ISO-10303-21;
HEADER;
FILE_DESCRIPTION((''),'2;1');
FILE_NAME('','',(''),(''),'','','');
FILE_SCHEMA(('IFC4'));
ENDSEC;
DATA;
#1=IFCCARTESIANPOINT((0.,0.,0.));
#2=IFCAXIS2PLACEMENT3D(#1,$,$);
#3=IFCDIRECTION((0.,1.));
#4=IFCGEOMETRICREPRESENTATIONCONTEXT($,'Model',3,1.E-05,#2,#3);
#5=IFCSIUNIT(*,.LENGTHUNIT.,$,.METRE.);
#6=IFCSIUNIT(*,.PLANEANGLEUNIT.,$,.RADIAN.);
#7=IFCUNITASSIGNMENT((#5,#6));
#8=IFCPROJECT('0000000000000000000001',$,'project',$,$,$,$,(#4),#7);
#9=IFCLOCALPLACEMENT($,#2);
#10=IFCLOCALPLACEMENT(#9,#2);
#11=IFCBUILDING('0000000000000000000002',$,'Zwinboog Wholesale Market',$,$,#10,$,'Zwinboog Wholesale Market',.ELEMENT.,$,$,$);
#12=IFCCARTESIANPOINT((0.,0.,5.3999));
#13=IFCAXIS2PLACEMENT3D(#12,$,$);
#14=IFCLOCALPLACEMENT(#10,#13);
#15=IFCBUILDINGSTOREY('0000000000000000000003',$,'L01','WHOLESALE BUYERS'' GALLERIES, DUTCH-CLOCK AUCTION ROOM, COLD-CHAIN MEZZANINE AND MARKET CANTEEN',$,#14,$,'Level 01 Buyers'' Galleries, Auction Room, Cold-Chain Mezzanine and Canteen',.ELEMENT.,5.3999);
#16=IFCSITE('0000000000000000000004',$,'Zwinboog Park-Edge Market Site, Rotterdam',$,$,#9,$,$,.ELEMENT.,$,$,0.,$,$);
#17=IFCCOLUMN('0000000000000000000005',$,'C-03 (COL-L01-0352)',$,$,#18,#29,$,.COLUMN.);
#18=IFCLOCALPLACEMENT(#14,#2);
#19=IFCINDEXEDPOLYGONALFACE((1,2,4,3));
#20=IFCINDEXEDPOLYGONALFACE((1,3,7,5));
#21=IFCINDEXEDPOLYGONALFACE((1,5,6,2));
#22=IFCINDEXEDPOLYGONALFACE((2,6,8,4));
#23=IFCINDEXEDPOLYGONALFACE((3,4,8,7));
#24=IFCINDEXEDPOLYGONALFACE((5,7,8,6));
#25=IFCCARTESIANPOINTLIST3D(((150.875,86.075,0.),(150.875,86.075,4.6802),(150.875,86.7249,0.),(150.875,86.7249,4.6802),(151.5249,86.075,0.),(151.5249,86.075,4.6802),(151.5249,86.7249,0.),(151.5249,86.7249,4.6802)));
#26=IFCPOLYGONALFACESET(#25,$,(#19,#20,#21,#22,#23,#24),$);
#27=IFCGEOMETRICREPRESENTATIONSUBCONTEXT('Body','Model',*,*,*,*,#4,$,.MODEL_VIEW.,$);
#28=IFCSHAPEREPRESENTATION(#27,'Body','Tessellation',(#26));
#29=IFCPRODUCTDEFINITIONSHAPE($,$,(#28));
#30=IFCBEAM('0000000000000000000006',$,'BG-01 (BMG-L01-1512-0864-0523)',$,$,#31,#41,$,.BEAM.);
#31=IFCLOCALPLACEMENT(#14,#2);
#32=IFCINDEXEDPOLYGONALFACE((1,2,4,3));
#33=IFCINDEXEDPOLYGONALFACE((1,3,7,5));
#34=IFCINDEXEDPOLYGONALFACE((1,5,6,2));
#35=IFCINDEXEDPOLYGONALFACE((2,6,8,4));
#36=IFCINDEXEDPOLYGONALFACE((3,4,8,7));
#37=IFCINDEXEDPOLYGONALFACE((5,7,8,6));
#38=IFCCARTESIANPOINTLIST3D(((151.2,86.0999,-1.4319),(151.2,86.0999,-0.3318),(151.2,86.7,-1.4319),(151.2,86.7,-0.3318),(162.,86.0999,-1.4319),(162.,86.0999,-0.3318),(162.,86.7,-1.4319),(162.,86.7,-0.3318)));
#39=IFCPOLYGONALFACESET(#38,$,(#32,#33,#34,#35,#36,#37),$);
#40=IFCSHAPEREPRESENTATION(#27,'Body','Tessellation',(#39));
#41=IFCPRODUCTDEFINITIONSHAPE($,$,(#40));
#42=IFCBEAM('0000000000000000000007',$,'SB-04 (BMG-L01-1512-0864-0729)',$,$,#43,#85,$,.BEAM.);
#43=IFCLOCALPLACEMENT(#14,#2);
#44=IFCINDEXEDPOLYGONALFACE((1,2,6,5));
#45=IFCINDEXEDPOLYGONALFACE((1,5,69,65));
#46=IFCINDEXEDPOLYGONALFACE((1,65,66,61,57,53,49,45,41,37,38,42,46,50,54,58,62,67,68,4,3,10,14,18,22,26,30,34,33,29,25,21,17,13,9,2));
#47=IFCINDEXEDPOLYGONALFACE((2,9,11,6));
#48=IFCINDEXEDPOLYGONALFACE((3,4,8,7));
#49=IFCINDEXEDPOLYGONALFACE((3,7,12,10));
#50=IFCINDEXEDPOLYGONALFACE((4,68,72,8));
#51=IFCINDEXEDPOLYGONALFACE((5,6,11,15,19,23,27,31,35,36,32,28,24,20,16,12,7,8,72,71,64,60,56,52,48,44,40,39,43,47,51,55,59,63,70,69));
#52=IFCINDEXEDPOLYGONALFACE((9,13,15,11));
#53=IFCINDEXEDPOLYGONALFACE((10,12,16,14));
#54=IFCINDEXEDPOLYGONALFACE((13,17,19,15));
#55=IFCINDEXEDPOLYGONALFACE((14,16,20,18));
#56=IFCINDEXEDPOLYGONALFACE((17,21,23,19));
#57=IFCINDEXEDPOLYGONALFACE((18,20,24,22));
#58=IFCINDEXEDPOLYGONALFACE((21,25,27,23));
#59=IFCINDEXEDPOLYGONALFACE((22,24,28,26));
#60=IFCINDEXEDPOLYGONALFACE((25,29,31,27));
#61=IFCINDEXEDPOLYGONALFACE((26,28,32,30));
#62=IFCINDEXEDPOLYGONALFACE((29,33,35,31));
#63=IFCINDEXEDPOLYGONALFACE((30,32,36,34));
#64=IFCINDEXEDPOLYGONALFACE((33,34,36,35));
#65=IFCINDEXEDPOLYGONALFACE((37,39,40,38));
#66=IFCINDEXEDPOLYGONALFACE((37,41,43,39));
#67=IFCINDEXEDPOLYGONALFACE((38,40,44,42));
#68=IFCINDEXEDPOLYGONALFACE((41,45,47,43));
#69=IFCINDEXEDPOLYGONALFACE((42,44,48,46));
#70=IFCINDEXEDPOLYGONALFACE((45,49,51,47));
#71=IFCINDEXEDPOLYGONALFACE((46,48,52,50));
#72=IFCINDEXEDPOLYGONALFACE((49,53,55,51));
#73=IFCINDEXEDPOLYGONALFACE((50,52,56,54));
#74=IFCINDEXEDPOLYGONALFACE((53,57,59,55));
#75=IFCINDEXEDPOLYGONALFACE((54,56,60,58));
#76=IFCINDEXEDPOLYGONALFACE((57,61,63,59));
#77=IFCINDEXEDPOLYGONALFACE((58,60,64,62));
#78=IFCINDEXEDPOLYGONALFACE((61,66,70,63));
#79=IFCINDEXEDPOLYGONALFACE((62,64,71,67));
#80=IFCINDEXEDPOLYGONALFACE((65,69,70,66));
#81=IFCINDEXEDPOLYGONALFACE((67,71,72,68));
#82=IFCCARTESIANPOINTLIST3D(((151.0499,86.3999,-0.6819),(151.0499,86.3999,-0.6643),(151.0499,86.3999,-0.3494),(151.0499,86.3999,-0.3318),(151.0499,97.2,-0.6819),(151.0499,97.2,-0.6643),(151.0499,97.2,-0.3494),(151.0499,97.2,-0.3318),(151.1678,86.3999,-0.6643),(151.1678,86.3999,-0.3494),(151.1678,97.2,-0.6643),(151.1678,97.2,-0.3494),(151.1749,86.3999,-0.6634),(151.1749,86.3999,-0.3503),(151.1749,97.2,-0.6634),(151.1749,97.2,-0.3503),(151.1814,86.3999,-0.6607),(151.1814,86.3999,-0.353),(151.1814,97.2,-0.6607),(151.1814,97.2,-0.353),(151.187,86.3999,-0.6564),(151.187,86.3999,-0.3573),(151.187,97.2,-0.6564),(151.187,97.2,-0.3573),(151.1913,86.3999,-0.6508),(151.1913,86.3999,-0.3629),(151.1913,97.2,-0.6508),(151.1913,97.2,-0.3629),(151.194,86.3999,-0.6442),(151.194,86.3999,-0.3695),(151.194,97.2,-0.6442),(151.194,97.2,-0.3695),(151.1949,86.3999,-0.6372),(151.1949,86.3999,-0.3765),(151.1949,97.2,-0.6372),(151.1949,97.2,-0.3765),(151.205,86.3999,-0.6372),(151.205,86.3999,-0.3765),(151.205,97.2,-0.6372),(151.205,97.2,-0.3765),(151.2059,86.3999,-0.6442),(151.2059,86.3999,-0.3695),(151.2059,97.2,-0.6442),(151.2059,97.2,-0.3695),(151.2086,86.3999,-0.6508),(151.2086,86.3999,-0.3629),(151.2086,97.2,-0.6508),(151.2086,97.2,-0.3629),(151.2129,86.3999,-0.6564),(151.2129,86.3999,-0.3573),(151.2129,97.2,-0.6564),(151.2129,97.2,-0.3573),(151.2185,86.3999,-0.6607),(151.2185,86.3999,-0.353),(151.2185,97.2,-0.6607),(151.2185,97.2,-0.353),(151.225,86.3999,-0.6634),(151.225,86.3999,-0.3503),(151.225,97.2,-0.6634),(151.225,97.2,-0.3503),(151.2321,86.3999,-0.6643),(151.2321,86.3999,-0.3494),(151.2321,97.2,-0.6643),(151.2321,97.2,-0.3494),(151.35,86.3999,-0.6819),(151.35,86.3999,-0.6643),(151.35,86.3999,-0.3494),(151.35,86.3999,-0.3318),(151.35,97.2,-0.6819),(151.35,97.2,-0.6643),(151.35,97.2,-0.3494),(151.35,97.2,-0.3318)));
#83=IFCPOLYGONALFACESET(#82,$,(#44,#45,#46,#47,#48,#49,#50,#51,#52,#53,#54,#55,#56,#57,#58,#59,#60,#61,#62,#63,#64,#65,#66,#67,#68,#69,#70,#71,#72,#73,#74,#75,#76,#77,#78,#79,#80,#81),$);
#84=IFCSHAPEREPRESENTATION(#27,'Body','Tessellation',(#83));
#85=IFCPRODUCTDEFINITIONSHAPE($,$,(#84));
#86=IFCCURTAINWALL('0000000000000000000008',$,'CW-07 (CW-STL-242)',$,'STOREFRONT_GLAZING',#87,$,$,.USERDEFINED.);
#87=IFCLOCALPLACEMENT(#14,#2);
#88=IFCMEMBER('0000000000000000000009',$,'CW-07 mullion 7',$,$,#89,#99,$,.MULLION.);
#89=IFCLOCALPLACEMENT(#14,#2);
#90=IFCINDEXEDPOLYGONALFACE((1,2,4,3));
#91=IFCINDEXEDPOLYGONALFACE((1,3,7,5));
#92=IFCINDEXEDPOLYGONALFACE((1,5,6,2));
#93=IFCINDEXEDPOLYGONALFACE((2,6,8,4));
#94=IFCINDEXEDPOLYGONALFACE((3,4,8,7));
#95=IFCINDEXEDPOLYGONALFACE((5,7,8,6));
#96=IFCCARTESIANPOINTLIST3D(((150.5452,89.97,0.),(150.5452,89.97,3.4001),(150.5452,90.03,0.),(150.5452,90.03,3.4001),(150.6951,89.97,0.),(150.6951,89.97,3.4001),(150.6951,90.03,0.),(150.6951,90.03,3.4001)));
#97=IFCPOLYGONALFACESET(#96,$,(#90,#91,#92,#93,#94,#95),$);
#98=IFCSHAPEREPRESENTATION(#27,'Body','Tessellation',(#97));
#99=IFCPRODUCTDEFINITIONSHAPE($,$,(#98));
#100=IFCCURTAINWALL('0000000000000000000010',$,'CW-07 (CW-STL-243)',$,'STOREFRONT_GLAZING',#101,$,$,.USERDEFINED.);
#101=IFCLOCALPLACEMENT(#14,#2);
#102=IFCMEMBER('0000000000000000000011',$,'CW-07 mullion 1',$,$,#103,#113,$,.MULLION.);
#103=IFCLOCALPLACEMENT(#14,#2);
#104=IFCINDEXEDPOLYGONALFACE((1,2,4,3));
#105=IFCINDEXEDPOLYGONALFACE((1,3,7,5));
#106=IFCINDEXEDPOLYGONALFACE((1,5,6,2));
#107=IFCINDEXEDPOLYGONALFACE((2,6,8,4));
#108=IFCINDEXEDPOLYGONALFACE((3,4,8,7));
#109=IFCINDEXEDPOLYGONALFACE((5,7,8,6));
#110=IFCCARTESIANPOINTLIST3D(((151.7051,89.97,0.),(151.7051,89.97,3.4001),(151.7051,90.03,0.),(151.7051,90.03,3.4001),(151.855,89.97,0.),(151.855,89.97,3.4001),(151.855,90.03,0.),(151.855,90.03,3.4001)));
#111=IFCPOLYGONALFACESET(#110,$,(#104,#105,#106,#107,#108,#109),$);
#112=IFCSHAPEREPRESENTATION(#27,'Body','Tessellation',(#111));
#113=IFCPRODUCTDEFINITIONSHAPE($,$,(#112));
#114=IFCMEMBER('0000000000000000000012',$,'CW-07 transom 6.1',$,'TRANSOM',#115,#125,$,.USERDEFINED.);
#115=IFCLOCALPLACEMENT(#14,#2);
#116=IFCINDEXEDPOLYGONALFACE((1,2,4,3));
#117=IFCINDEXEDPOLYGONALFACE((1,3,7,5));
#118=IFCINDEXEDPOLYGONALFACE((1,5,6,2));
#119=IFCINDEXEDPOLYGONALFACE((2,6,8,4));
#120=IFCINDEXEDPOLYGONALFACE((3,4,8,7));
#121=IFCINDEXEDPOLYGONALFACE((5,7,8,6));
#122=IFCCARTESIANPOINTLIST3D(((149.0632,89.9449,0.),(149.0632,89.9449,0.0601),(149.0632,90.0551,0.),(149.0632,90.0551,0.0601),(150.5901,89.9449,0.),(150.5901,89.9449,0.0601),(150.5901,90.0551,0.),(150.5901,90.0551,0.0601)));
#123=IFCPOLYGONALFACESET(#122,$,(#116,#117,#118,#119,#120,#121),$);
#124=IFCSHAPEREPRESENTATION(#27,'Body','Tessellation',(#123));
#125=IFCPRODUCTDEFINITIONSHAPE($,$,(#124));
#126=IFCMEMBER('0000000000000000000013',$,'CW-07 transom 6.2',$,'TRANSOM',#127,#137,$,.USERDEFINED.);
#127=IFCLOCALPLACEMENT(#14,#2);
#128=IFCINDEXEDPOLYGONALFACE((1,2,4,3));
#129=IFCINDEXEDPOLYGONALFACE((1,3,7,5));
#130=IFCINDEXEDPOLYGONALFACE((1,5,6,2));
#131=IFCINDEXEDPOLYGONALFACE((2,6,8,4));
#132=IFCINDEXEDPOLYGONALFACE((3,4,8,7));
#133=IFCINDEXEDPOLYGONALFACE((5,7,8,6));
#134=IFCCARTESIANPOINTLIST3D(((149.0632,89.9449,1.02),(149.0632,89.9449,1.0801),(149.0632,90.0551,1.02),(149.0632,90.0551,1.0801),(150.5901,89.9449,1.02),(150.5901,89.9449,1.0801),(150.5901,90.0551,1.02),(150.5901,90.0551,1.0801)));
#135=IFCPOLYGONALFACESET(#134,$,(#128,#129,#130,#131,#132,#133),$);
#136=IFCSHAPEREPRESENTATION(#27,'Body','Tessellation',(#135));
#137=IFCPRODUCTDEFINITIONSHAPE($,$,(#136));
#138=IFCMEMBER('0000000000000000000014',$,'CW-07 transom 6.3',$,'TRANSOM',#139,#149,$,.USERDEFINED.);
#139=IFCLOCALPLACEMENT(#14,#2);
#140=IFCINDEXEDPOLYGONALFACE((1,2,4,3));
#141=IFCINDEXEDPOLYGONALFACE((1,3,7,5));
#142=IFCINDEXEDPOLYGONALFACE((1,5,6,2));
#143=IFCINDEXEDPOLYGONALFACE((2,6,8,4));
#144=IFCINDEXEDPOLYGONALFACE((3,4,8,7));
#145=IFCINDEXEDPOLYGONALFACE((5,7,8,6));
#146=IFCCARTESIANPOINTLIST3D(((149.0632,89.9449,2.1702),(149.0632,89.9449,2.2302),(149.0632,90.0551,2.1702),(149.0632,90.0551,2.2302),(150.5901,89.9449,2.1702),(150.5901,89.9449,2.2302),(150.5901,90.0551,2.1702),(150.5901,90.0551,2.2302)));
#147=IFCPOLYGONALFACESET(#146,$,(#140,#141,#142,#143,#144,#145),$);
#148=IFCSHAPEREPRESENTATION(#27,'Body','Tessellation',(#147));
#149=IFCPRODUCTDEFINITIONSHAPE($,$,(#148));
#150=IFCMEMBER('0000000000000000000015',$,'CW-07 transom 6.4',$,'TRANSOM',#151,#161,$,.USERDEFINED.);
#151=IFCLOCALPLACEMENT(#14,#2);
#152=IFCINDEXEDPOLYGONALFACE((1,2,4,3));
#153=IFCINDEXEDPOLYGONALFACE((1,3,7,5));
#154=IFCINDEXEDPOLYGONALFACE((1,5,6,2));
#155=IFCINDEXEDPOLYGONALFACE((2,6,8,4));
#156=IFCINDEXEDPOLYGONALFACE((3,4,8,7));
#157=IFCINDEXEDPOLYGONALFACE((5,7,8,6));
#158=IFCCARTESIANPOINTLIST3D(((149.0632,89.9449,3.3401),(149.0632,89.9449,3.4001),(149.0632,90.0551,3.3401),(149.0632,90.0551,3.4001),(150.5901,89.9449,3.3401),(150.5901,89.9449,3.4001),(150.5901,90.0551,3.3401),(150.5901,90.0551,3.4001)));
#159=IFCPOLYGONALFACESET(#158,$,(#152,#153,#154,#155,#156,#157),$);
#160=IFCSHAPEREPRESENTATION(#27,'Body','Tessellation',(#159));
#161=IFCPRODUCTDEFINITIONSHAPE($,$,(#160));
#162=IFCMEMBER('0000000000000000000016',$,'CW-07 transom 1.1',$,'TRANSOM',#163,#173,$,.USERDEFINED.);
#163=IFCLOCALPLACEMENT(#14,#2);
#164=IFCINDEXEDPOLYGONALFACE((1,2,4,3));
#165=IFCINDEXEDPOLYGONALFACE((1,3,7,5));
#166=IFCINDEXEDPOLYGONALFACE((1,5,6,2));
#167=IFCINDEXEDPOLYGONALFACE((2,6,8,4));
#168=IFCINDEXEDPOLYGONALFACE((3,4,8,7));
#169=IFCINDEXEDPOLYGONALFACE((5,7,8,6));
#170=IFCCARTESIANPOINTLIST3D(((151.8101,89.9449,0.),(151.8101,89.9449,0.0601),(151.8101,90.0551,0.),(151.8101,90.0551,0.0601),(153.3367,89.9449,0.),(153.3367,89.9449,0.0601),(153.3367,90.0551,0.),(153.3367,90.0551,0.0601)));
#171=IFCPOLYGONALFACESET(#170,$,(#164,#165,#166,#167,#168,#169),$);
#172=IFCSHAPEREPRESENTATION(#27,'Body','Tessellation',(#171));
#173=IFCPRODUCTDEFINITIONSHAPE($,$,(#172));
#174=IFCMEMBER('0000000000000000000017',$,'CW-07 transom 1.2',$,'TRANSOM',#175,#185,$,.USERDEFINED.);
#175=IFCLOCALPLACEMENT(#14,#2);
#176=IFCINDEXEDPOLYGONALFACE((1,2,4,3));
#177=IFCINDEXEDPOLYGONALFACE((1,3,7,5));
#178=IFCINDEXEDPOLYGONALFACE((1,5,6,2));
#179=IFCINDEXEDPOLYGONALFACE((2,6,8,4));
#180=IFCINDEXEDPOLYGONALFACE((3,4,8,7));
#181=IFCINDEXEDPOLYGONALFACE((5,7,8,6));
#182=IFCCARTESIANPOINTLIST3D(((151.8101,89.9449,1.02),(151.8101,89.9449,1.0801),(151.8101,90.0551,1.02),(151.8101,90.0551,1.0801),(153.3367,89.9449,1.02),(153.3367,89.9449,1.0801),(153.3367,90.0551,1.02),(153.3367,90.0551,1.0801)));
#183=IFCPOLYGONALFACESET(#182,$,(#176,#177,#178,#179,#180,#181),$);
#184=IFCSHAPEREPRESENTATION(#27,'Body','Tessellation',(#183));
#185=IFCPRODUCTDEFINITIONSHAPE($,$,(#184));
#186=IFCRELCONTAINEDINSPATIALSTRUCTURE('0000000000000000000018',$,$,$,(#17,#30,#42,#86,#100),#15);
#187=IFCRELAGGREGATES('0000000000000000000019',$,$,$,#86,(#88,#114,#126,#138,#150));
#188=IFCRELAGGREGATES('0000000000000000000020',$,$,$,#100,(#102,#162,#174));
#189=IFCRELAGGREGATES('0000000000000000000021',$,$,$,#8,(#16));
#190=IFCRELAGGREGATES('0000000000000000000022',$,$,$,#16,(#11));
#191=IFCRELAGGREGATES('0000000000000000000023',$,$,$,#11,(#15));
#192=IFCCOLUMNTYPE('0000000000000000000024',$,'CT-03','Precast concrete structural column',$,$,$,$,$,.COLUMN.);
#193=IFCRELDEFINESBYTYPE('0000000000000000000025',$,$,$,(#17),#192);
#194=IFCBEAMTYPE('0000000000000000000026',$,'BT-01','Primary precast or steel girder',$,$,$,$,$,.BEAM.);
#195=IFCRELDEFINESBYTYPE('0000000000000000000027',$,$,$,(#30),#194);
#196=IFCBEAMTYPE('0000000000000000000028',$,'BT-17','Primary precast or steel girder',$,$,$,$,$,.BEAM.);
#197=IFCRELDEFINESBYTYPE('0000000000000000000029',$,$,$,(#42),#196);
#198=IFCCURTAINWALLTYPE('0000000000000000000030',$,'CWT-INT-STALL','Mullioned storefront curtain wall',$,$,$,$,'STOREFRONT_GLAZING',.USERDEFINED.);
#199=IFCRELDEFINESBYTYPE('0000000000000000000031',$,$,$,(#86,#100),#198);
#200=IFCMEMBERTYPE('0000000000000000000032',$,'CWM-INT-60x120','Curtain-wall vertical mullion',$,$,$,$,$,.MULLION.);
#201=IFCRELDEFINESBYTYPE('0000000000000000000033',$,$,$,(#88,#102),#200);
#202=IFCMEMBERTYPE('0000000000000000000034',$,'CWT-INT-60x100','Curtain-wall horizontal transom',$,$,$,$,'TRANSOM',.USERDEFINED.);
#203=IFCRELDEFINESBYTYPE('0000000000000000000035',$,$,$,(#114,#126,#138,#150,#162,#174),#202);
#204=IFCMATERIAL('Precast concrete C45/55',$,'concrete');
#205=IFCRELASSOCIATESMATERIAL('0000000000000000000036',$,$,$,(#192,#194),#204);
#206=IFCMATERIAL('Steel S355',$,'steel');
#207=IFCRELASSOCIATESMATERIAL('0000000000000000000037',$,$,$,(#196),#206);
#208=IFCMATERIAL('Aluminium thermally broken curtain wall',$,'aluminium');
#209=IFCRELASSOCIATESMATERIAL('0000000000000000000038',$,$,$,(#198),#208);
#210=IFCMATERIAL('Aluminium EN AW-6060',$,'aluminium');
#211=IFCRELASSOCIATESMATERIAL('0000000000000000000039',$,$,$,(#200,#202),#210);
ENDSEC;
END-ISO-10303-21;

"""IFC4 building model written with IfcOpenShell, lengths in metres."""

from ifc_helpers import new_model, si_unit, direction, frame, origin, origin_2d, place, context, subcontext, project, spatial, rectangle, i_section, extrude, material, material_profile, profile_set, type_object, element, aggregate, save


model = new_model("IFC4")

# Units and contexts
model_context = context("Model", 3, precision=1e-05, world=origin(), true_north=direction((0.0, 1.0)))
body_context = subcontext(model_context, "Body", "Model", "MODEL_VIEW")
ifc_project = project(units=[si_unit("LENGTHUNIT", "METRE"), si_unit("PLANEANGLEUNIT", "RADIAN")], contexts=[model_context])

# Site, building, storey
site_placement = place(None, origin())
site = spatial("IfcSite", under=ifc_project, at=site_placement, Name="Zwinboog Park-Edge Market Site, Rotterdam", CompositionType="ELEMENT", RefElevation=0.0)
building_placement = place(site_placement, origin())
building = spatial("IfcBuilding", under=site, at=building_placement, Name="Zwinboog Wholesale Market", LongName="Zwinboog Wholesale Market", CompositionType="ELEMENT")
storey_placement = place(building_placement, frame((0.0, 0.0, 5.3999)))
storey = spatial("IfcBuildingStorey", under=building, at=storey_placement, Name="L01", Description="WHOLESALE BUYERS' GALLERIES, DUTCH-CLOCK AUCTION ROOM, COLD-CHAIN MEZZANINE AND MARKET CANTEEN", LongName="Level 01 Buyers' Galleries, Auction Room, Cold-Chain Mezzanine and Canteen", CompositionType="ELEMENT", Elevation=5.3999)

# Column
ifc_material_1 = material(Name="Precast concrete C45/55", Category="concrete")
ifc_material_profile_1 = material_profile(ifc_material_1, rectangle(XDim=0.6499, YDim=0.6499, at=origin_2d()), Name="PC 650x650")
ifc_profile_set_1 = profile_set([ifc_material_profile_1], Name="Precast concrete C45/55")
column_type = type_object("IfcColumnType", Name="CT-03", Description="Precast concrete structural column", PredefinedType="COLUMN", material=ifc_profile_set_1)
column_placement = place(storey_placement, frame((151.2, 86.3999, 0.0), z_axis=(0.0, 0.0, 1.0), x_axis=(1.0, 0.0, 0.0)))
element("IfcColumn", 1, at=column_placement, inside=storey, type_object=column_type, Name="C-03 (COL-L01-0352)", PredefinedType="COLUMN", context=body_context, shape_type="SweptSolid", body=[
    extrude(rectangle(XDim=0.6499, YDim=0.6499, at=origin_2d()), origin(), (0.0, 0.0, 1.0), 4.6802),
])

# Beams
ifc_material_profile_2 = material_profile(ifc_material_1, rectangle(XDim=0.6001, YDim=1.1001, at=origin_2d()), Name="PC 600x1100")
ifc_profile_set_2 = profile_set([ifc_material_profile_2], Name="Precast concrete C45/55")
beam_type_1 = type_object("IfcBeamType", Name="BT-01", Description="Primary precast or steel girder", PredefinedType="BEAM", material=ifc_profile_set_2)
beam_1_placement = place(storey_placement, frame((151.2, 86.3999, -0.8818), z_axis=(1.0, 0.0, 0.0), x_axis=(0.0, 1.0, 0.0)))
element("IfcBeam", 2, at=beam_1_placement, inside=storey, type_object=beam_type_1, Name="BG-01 (BMG-L01-1512-0864-0523)", PredefinedType="BEAM", context=body_context, shape_type="SweptSolid", body=[
    extrude(rectangle(XDim=0.6001, YDim=1.1001, at=origin_2d()), origin(), (0.0, 0.0, 1.0), 10.8),
])
ifc_material_2 = material(Name="Steel S355", Category="steel")
ifc_material_profile_3 = material_profile(ifc_material_2, i_section(OverallWidth=0.3, OverallDepth=0.3501, WebThickness=0.01, FlangeThickness=0.0176, FilletRadius=0.0271, at=origin_2d()), Name="HEA 360")
ifc_profile_set_3 = profile_set([ifc_material_profile_3], Name="Steel S355")
beam_type_2 = type_object("IfcBeamType", Name="BT-17", Description="Primary precast or steel girder", PredefinedType="BEAM", material=ifc_profile_set_3)
beam_2_placement = place(storey_placement, frame((151.2, 86.3999, -0.5068), z_axis=(0.0, 1.0, 0.0), x_axis=(-1.0, 0.0, 0.0)))
element("IfcBeam", 3, at=beam_2_placement, inside=storey, type_object=beam_type_2, Name="SB-04 (BMG-L01-1512-0864-0729)", PredefinedType="BEAM", context=body_context, shape_type="SweptSolid", body=[
    extrude(i_section(OverallWidth=0.3, OverallDepth=0.3501, WebThickness=0.01, FlangeThickness=0.0176, FilletRadius=0.0271, at=origin_2d()), origin(), (0.0, 0.0, 1.0), 10.8),
])

# Curtain walls, members
ifc_material_3 = material(Name="Aluminium thermally broken curtain wall", Category="aluminium")
curtain_wall_type = type_object("IfcCurtainWallType", Name="CWT-INT-STALL", Description="Mullioned storefront curtain wall", ElementType="STOREFRONT_GLAZING", PredefinedType="USERDEFINED", material=ifc_material_3)
curtain_wall_1_placement = place(storey_placement, origin())
curtain_wall_1 = element("IfcCurtainWall", 4, at=curtain_wall_1_placement, inside=storey, type_object=curtain_wall_type, Name="CW-07 (CW-STL-242)", ObjectType="STOREFRONT_GLAZING", PredefinedType="USERDEFINED")
ifc_material_4 = material(Name="Aluminium EN AW-6060", Category="aluminium")
ifc_material_profile_4 = material_profile(ifc_material_4, rectangle(XDim=0.0601, YDim=0.1499, at=origin_2d()), Name="AL 60x150")
ifc_profile_set_4 = profile_set([ifc_material_profile_4], Name="Aluminium EN AW-6060")
member_type_1 = type_object("IfcMemberType", Name="CWM-INT-60x120", Description="Curtain-wall vertical mullion", PredefinedType="MULLION", material=ifc_profile_set_4)
member_1_placement = place(storey_placement, frame((150.6201, 90.0, 0.0), z_axis=(0.0, 0.0, 1.0), x_axis=(0.0, 1.0, 0.0)))
member_1 = element("IfcMember", 5, at=member_1_placement, type_object=member_type_1, Name="CW-07 mullion 7", PredefinedType="MULLION", context=body_context, shape_type="SweptSolid", body=[
    extrude(rectangle(XDim=0.0601, YDim=0.1499, at=origin_2d()), origin(), (0.0, 0.0, 1.0), 3.4001),
])
curtain_wall_2_placement = place(storey_placement, origin())
curtain_wall_2 = element("IfcCurtainWall", 6, at=curtain_wall_2_placement, inside=storey, type_object=curtain_wall_type, Name="CW-07 (CW-STL-243)", ObjectType="STOREFRONT_GLAZING", PredefinedType="USERDEFINED")
member_2_placement = place(storey_placement, frame((151.78, 90.0, 0.0), z_axis=(0.0, 0.0, 1.0), x_axis=(0.0, 1.0, 0.0)))
member_2 = element("IfcMember", 7, at=member_2_placement, type_object=member_type_1, Name="CW-07 mullion 1", PredefinedType="MULLION", context=body_context, shape_type="SweptSolid", body=[
    extrude(rectangle(XDim=0.0601, YDim=0.1499, at=origin_2d()), origin(), (0.0, 0.0, 1.0), 3.4001),
])

# Members
ifc_material_profile_5 = material_profile(ifc_material_4, rectangle(XDim=0.1101, YDim=0.0601, at=origin_2d()), Name="AL 60x110")
ifc_profile_set_5 = profile_set([ifc_material_profile_5], Name="Aluminium EN AW-6060")
member_type_2 = type_object("IfcMemberType", Name="CWT-INT-60x100", Description="Curtain-wall horizontal transom", ElementType="TRANSOM", PredefinedType="USERDEFINED", material=ifc_profile_set_5)
member_3_placement = place(storey_placement, frame((149.0632, 90.0, 0.03), z_axis=(1.0, 0.0, 0.0), x_axis=(0.0, 1.0, 0.0)))
member_3 = element("IfcMember", 8, at=member_3_placement, type_object=member_type_2, Name="CW-07 transom 6.1", ObjectType="TRANSOM", PredefinedType="USERDEFINED", context=body_context, shape_type="SweptSolid", body=[
    extrude(rectangle(XDim=0.1101, YDim=0.0601, at=origin_2d()), origin(), (0.0, 0.0, 1.0), 1.5269),
])
member_4_placement = place(storey_placement, frame((149.0632, 90.0, 1.05), z_axis=(1.0, 0.0, 0.0), x_axis=(0.0, 1.0, 0.0)))
member_4 = element("IfcMember", 9, at=member_4_placement, type_object=member_type_2, Name="CW-07 transom 6.2", ObjectType="TRANSOM", PredefinedType="USERDEFINED", context=body_context, shape_type="SweptSolid", body=[
    extrude(rectangle(XDim=0.1101, YDim=0.0601, at=origin_2d()), origin(), (0.0, 0.0, 1.0), 1.5269),
])
member_5_placement = place(storey_placement, frame((149.0632, 90.0, 2.2002), z_axis=(1.0, 0.0, 0.0), x_axis=(0.0, 1.0, 0.0)))
member_5 = element("IfcMember", 10, at=member_5_placement, type_object=member_type_2, Name="CW-07 transom 6.3", ObjectType="TRANSOM", PredefinedType="USERDEFINED", context=body_context, shape_type="SweptSolid", body=[
    extrude(rectangle(XDim=0.1101, YDim=0.0601, at=origin_2d()), origin(), (0.0, 0.0, 1.0), 1.5269),
])
member_6_placement = place(storey_placement, frame((149.0632, 90.0, 3.3701), z_axis=(1.0, 0.0, 0.0), x_axis=(0.0, 1.0, 0.0)))
member_6 = element("IfcMember", 11, at=member_6_placement, type_object=member_type_2, Name="CW-07 transom 6.4", ObjectType="TRANSOM", PredefinedType="USERDEFINED", context=body_context, shape_type="SweptSolid", body=[
    extrude(rectangle(XDim=0.1101, YDim=0.0601, at=origin_2d()), origin(), (0.0, 0.0, 1.0), 1.5269),
])
member_7_placement = place(storey_placement, frame((151.8101, 90.0, 0.03), z_axis=(1.0, 0.0, 0.0), x_axis=(0.0, 1.0, 0.0)))
member_7 = element("IfcMember", 12, at=member_7_placement, type_object=member_type_2, Name="CW-07 transom 1.1", ObjectType="TRANSOM", PredefinedType="USERDEFINED", context=body_context, shape_type="SweptSolid", body=[
    extrude(rectangle(XDim=0.1101, YDim=0.0601, at=origin_2d()), origin(), (0.0, 0.0, 1.0), 1.5266),
])
member_8_placement = place(storey_placement, frame((151.8101, 90.0, 1.05), z_axis=(1.0, 0.0, 0.0), x_axis=(0.0, 1.0, 0.0)))
member_8 = element("IfcMember", 13, at=member_8_placement, type_object=member_type_2, Name="CW-07 transom 1.2", ObjectType="TRANSOM", PredefinedType="USERDEFINED", context=body_context, shape_type="SweptSolid", body=[
    extrude(rectangle(XDim=0.1101, YDim=0.0601, at=origin_2d()), origin(), (0.0, 0.0, 1.0), 1.5266),
])

aggregate(curtain_wall_1, [member_1, member_3, member_4, member_5, member_6])
aggregate(curtain_wall_2, [member_2, member_7, member_8])

save(model, "model.ifc")
